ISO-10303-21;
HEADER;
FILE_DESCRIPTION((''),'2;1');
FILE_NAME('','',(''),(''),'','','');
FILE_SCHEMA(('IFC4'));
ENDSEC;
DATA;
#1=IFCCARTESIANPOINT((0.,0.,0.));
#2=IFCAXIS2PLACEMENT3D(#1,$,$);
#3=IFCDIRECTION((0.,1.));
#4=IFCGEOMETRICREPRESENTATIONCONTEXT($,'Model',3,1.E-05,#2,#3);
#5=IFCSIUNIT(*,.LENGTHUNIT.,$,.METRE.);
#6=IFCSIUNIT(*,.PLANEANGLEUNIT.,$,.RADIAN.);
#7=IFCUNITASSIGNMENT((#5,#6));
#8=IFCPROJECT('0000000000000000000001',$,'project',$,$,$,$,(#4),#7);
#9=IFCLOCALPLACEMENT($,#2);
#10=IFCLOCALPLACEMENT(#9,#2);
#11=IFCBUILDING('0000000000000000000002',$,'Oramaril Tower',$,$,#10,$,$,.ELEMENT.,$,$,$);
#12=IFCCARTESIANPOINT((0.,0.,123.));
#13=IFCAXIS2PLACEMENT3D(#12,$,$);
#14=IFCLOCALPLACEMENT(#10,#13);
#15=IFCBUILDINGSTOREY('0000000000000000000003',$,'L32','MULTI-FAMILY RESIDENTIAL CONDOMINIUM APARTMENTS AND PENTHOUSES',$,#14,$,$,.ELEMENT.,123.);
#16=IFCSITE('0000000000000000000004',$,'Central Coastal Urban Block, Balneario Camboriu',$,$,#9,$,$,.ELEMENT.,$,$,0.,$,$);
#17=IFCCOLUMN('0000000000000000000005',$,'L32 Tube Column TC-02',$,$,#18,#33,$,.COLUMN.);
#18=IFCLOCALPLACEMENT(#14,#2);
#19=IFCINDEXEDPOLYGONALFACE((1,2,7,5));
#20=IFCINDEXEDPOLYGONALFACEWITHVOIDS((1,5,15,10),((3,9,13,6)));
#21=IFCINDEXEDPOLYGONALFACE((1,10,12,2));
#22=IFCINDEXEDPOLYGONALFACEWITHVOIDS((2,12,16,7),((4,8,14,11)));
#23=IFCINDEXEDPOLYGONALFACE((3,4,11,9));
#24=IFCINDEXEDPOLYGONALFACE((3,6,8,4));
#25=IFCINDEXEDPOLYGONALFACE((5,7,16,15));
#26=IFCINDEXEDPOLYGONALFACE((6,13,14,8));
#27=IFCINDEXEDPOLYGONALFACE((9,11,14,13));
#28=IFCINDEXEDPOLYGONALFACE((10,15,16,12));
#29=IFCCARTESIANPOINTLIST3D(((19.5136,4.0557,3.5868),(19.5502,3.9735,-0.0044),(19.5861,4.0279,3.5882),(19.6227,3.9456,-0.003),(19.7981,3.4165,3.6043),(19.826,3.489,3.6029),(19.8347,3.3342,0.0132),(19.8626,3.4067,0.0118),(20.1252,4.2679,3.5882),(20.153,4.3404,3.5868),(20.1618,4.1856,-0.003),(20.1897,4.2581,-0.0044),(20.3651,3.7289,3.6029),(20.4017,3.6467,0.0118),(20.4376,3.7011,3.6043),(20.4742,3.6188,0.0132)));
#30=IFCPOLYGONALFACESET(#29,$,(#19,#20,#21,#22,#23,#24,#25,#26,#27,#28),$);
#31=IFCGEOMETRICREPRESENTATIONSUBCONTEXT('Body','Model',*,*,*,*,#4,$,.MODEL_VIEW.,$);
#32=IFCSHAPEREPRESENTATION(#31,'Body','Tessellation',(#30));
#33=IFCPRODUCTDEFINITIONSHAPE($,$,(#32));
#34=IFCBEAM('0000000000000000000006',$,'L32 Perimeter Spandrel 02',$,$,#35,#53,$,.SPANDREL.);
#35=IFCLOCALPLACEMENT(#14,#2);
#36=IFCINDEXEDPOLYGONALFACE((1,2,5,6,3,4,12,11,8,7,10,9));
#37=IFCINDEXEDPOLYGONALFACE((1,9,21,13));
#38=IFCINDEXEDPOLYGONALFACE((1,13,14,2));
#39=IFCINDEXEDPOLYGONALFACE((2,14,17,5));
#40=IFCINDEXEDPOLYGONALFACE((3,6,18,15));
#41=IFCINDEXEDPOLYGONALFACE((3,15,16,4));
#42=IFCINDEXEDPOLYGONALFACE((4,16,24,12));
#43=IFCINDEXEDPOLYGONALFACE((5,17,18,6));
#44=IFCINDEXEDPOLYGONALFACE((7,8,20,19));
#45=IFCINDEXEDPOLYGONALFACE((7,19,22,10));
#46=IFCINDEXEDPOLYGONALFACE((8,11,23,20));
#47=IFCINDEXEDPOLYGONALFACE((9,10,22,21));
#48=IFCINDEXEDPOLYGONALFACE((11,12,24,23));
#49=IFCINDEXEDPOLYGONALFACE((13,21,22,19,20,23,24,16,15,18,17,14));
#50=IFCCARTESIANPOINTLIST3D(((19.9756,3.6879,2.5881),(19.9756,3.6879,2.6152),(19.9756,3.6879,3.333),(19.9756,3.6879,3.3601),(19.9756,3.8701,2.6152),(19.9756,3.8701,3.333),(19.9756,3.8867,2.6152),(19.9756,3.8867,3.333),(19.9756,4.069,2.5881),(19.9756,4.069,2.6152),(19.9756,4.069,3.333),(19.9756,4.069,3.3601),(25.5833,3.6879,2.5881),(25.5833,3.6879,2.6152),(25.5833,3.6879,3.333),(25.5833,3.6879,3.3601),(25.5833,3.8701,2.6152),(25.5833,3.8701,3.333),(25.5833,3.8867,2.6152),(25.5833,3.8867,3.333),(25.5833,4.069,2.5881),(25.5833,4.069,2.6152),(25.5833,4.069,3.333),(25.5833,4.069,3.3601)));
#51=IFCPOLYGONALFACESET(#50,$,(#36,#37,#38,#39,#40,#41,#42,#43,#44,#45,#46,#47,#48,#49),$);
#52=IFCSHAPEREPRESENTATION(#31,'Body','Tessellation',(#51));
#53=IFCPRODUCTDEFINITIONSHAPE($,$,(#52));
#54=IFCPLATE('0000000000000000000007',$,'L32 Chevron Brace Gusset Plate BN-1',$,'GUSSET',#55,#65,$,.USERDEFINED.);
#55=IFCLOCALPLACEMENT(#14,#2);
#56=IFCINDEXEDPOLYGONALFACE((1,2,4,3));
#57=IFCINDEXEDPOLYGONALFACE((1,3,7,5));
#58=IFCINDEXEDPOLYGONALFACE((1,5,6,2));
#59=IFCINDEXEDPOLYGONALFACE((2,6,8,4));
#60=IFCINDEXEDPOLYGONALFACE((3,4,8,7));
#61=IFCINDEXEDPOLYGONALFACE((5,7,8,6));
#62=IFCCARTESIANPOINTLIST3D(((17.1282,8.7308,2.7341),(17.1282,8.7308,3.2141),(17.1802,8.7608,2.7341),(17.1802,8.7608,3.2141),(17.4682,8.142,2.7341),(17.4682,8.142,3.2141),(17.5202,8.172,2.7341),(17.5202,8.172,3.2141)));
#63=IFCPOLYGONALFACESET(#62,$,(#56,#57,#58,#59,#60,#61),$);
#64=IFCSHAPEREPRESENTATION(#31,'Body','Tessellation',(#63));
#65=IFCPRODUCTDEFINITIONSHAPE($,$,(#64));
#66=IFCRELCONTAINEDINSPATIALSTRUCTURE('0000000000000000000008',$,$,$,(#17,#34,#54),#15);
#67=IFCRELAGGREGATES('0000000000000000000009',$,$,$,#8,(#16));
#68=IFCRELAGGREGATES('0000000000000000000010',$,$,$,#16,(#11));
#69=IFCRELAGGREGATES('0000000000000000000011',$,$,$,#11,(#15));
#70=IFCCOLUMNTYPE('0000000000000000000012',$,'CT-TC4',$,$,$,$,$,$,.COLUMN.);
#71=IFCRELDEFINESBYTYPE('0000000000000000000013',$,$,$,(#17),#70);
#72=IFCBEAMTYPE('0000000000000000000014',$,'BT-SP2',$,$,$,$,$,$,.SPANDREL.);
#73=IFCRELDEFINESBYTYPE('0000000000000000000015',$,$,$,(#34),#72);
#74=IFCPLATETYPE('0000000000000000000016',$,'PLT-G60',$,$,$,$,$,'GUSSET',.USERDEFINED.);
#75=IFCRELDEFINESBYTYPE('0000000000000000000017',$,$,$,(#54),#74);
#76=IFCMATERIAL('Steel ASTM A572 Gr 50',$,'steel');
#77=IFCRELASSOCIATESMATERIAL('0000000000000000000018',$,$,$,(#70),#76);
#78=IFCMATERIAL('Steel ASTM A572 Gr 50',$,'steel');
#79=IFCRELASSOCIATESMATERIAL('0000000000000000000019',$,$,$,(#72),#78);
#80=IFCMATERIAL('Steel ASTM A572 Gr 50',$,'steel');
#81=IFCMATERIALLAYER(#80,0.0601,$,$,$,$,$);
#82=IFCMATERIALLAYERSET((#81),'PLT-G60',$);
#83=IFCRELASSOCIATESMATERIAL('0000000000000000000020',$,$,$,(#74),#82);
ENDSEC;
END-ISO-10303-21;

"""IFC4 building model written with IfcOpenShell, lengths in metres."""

from ifc_helpers import new_model, si_unit, direction, frame, origin, origin_2d, place, context, subcontext, project, spatial, rectangle, hollow_rectangle, i_section, extrude, material, layer, layer_set, material_profile, profile_set, type_object, element, save


model = new_model("IFC4")

# Units and contexts
model_context = context("Model", 3, precision=1e-05, world=origin(), true_north=direction((0.0, 1.0)))
body_context = subcontext(model_context, "Body", "Model", "MODEL_VIEW")
ifc_project = project(units=[si_unit("LENGTHUNIT", "METRE"), si_unit("PLANEANGLEUNIT", "RADIAN")], contexts=[model_context])

# Site, building, storey
site_placement = place(None, origin())
site = spatial("IfcSite", under=ifc_project, at=site_placement, Name="Central Coastal Urban Block, Balneario Camboriu", CompositionType="ELEMENT", RefElevation=0.0)
building_placement = place(site_placement, origin())
building = spatial("IfcBuilding", under=site, at=building_placement, Name="Oramaril Tower", CompositionType="ELEMENT")
storey_placement = place(building_placement, frame((0.0, 0.0, 123.0)))
storey = spatial("IfcBuildingStorey", under=building, at=storey_placement, Name="L32", Description="MULTI-FAMILY RESIDENTIAL CONDOMINIUM APARTMENTS AND PENTHOUSES", CompositionType="ELEMENT", Elevation=123.0)

# Column
ifc_material_1 = material(Name="Steel ASTM A572 Gr 50", Category="steel")
ifc_material_profile_1 = material_profile(ifc_material_1, hollow_rectangle(XDim=0.7, YDim=0.7, WallThickness=0.0549, at=origin_2d()), Name="BOX700X700X55")
ifc_profile_set_1 = profile_set([ifc_material_profile_1], Name="Steel ASTM A572 Gr 50")
column_type = type_object("IfcColumnType", Name="CT-TC4", PredefinedType="COLUMN", material=ifc_profile_set_1)
column_placement = place(storey_placement, frame((20.0122, 3.7961, 0.0044), z_axis=(-0.010195, 0.022904, 0.999686), x_axis=(-0.913588, -0.406641, 0.0)))
element("IfcColumn", 1, at=column_placement, inside=storey, type_object=column_type, Name="L32 Tube Column TC-02", PredefinedType="COLUMN", context=body_context, shape_type="SweptSolid", body=[
    extrude(hollow_rectangle(XDim=0.7, YDim=0.7, WallThickness=0.0549, at=origin_2d()), origin(), (0.0, 0.0, 1.0), 3.5923),
])

# Beam
ifc_material_2 = material(Name="Steel ASTM A572 Gr 50", Category="steel")
ifc_material_profile_2 = material_profile(ifc_material_2, i_section(OverallWidth=0.3811, OverallDepth=0.772, WebThickness=0.0166, FlangeThickness=0.0271, at=origin_2d()), Name="W30X173")
ifc_profile_set_2 = profile_set([ifc_material_profile_2], Name="Steel ASTM A572 Gr 50")
beam_type = type_object("IfcBeamType", Name="BT-SP2", PredefinedType="SPANDREL", material=ifc_profile_set_2)
beam_placement = place(storey_placement, frame((19.9756, 3.8784, 2.9741), z_axis=(1.0, 0.0, 0.0), x_axis=(0.0, 1.0, 0.0)))
element("IfcBeam", 2, at=beam_placement, inside=storey, type_object=beam_type, Name="L32 Perimeter Spandrel 02", PredefinedType="SPANDREL", context=body_context, shape_type="SweptSolid", body=[
    extrude(i_section(OverallWidth=0.3811, OverallDepth=0.772, WebThickness=0.0166, FlangeThickness=0.0271, at=origin_2d()), origin(), (0.0, 0.0, 1.0), 5.6077),
])

# Plate
ifc_material_3 = material(Name="Steel ASTM A572 Gr 50", Category="steel")
ifc_layer_1 = layer(ifc_material_3, 0.0601)
ifc_layer_set_1 = layer_set([ifc_layer_1], Name="PLT-G60")
plate_type = type_object("IfcPlateType", Name="PLT-G60", ElementType="GUSSET", PredefinedType="USERDEFINED", material=ifc_layer_set_1)
plate_placement = place(storey_placement, frame((17.3242, 8.4514, 2.7341), z_axis=(0.0, 0.0, 1.0), x_axis=(0.500003, -0.866024, 0.0)))
element("IfcPlate", 3, at=plate_placement, inside=storey, type_object=plate_type, Name="L32 Chevron Brace Gusset Plate BN-1", ObjectType="GUSSET", PredefinedType="USERDEFINED", context=body_context, shape_type="SweptSolid", body=[
    extrude(rectangle(XDim=0.6799, YDim=0.0601, at=origin_2d()), origin(), (0.0, 0.0, 1.0), 0.48),
])

save(model, "model.ifc")
